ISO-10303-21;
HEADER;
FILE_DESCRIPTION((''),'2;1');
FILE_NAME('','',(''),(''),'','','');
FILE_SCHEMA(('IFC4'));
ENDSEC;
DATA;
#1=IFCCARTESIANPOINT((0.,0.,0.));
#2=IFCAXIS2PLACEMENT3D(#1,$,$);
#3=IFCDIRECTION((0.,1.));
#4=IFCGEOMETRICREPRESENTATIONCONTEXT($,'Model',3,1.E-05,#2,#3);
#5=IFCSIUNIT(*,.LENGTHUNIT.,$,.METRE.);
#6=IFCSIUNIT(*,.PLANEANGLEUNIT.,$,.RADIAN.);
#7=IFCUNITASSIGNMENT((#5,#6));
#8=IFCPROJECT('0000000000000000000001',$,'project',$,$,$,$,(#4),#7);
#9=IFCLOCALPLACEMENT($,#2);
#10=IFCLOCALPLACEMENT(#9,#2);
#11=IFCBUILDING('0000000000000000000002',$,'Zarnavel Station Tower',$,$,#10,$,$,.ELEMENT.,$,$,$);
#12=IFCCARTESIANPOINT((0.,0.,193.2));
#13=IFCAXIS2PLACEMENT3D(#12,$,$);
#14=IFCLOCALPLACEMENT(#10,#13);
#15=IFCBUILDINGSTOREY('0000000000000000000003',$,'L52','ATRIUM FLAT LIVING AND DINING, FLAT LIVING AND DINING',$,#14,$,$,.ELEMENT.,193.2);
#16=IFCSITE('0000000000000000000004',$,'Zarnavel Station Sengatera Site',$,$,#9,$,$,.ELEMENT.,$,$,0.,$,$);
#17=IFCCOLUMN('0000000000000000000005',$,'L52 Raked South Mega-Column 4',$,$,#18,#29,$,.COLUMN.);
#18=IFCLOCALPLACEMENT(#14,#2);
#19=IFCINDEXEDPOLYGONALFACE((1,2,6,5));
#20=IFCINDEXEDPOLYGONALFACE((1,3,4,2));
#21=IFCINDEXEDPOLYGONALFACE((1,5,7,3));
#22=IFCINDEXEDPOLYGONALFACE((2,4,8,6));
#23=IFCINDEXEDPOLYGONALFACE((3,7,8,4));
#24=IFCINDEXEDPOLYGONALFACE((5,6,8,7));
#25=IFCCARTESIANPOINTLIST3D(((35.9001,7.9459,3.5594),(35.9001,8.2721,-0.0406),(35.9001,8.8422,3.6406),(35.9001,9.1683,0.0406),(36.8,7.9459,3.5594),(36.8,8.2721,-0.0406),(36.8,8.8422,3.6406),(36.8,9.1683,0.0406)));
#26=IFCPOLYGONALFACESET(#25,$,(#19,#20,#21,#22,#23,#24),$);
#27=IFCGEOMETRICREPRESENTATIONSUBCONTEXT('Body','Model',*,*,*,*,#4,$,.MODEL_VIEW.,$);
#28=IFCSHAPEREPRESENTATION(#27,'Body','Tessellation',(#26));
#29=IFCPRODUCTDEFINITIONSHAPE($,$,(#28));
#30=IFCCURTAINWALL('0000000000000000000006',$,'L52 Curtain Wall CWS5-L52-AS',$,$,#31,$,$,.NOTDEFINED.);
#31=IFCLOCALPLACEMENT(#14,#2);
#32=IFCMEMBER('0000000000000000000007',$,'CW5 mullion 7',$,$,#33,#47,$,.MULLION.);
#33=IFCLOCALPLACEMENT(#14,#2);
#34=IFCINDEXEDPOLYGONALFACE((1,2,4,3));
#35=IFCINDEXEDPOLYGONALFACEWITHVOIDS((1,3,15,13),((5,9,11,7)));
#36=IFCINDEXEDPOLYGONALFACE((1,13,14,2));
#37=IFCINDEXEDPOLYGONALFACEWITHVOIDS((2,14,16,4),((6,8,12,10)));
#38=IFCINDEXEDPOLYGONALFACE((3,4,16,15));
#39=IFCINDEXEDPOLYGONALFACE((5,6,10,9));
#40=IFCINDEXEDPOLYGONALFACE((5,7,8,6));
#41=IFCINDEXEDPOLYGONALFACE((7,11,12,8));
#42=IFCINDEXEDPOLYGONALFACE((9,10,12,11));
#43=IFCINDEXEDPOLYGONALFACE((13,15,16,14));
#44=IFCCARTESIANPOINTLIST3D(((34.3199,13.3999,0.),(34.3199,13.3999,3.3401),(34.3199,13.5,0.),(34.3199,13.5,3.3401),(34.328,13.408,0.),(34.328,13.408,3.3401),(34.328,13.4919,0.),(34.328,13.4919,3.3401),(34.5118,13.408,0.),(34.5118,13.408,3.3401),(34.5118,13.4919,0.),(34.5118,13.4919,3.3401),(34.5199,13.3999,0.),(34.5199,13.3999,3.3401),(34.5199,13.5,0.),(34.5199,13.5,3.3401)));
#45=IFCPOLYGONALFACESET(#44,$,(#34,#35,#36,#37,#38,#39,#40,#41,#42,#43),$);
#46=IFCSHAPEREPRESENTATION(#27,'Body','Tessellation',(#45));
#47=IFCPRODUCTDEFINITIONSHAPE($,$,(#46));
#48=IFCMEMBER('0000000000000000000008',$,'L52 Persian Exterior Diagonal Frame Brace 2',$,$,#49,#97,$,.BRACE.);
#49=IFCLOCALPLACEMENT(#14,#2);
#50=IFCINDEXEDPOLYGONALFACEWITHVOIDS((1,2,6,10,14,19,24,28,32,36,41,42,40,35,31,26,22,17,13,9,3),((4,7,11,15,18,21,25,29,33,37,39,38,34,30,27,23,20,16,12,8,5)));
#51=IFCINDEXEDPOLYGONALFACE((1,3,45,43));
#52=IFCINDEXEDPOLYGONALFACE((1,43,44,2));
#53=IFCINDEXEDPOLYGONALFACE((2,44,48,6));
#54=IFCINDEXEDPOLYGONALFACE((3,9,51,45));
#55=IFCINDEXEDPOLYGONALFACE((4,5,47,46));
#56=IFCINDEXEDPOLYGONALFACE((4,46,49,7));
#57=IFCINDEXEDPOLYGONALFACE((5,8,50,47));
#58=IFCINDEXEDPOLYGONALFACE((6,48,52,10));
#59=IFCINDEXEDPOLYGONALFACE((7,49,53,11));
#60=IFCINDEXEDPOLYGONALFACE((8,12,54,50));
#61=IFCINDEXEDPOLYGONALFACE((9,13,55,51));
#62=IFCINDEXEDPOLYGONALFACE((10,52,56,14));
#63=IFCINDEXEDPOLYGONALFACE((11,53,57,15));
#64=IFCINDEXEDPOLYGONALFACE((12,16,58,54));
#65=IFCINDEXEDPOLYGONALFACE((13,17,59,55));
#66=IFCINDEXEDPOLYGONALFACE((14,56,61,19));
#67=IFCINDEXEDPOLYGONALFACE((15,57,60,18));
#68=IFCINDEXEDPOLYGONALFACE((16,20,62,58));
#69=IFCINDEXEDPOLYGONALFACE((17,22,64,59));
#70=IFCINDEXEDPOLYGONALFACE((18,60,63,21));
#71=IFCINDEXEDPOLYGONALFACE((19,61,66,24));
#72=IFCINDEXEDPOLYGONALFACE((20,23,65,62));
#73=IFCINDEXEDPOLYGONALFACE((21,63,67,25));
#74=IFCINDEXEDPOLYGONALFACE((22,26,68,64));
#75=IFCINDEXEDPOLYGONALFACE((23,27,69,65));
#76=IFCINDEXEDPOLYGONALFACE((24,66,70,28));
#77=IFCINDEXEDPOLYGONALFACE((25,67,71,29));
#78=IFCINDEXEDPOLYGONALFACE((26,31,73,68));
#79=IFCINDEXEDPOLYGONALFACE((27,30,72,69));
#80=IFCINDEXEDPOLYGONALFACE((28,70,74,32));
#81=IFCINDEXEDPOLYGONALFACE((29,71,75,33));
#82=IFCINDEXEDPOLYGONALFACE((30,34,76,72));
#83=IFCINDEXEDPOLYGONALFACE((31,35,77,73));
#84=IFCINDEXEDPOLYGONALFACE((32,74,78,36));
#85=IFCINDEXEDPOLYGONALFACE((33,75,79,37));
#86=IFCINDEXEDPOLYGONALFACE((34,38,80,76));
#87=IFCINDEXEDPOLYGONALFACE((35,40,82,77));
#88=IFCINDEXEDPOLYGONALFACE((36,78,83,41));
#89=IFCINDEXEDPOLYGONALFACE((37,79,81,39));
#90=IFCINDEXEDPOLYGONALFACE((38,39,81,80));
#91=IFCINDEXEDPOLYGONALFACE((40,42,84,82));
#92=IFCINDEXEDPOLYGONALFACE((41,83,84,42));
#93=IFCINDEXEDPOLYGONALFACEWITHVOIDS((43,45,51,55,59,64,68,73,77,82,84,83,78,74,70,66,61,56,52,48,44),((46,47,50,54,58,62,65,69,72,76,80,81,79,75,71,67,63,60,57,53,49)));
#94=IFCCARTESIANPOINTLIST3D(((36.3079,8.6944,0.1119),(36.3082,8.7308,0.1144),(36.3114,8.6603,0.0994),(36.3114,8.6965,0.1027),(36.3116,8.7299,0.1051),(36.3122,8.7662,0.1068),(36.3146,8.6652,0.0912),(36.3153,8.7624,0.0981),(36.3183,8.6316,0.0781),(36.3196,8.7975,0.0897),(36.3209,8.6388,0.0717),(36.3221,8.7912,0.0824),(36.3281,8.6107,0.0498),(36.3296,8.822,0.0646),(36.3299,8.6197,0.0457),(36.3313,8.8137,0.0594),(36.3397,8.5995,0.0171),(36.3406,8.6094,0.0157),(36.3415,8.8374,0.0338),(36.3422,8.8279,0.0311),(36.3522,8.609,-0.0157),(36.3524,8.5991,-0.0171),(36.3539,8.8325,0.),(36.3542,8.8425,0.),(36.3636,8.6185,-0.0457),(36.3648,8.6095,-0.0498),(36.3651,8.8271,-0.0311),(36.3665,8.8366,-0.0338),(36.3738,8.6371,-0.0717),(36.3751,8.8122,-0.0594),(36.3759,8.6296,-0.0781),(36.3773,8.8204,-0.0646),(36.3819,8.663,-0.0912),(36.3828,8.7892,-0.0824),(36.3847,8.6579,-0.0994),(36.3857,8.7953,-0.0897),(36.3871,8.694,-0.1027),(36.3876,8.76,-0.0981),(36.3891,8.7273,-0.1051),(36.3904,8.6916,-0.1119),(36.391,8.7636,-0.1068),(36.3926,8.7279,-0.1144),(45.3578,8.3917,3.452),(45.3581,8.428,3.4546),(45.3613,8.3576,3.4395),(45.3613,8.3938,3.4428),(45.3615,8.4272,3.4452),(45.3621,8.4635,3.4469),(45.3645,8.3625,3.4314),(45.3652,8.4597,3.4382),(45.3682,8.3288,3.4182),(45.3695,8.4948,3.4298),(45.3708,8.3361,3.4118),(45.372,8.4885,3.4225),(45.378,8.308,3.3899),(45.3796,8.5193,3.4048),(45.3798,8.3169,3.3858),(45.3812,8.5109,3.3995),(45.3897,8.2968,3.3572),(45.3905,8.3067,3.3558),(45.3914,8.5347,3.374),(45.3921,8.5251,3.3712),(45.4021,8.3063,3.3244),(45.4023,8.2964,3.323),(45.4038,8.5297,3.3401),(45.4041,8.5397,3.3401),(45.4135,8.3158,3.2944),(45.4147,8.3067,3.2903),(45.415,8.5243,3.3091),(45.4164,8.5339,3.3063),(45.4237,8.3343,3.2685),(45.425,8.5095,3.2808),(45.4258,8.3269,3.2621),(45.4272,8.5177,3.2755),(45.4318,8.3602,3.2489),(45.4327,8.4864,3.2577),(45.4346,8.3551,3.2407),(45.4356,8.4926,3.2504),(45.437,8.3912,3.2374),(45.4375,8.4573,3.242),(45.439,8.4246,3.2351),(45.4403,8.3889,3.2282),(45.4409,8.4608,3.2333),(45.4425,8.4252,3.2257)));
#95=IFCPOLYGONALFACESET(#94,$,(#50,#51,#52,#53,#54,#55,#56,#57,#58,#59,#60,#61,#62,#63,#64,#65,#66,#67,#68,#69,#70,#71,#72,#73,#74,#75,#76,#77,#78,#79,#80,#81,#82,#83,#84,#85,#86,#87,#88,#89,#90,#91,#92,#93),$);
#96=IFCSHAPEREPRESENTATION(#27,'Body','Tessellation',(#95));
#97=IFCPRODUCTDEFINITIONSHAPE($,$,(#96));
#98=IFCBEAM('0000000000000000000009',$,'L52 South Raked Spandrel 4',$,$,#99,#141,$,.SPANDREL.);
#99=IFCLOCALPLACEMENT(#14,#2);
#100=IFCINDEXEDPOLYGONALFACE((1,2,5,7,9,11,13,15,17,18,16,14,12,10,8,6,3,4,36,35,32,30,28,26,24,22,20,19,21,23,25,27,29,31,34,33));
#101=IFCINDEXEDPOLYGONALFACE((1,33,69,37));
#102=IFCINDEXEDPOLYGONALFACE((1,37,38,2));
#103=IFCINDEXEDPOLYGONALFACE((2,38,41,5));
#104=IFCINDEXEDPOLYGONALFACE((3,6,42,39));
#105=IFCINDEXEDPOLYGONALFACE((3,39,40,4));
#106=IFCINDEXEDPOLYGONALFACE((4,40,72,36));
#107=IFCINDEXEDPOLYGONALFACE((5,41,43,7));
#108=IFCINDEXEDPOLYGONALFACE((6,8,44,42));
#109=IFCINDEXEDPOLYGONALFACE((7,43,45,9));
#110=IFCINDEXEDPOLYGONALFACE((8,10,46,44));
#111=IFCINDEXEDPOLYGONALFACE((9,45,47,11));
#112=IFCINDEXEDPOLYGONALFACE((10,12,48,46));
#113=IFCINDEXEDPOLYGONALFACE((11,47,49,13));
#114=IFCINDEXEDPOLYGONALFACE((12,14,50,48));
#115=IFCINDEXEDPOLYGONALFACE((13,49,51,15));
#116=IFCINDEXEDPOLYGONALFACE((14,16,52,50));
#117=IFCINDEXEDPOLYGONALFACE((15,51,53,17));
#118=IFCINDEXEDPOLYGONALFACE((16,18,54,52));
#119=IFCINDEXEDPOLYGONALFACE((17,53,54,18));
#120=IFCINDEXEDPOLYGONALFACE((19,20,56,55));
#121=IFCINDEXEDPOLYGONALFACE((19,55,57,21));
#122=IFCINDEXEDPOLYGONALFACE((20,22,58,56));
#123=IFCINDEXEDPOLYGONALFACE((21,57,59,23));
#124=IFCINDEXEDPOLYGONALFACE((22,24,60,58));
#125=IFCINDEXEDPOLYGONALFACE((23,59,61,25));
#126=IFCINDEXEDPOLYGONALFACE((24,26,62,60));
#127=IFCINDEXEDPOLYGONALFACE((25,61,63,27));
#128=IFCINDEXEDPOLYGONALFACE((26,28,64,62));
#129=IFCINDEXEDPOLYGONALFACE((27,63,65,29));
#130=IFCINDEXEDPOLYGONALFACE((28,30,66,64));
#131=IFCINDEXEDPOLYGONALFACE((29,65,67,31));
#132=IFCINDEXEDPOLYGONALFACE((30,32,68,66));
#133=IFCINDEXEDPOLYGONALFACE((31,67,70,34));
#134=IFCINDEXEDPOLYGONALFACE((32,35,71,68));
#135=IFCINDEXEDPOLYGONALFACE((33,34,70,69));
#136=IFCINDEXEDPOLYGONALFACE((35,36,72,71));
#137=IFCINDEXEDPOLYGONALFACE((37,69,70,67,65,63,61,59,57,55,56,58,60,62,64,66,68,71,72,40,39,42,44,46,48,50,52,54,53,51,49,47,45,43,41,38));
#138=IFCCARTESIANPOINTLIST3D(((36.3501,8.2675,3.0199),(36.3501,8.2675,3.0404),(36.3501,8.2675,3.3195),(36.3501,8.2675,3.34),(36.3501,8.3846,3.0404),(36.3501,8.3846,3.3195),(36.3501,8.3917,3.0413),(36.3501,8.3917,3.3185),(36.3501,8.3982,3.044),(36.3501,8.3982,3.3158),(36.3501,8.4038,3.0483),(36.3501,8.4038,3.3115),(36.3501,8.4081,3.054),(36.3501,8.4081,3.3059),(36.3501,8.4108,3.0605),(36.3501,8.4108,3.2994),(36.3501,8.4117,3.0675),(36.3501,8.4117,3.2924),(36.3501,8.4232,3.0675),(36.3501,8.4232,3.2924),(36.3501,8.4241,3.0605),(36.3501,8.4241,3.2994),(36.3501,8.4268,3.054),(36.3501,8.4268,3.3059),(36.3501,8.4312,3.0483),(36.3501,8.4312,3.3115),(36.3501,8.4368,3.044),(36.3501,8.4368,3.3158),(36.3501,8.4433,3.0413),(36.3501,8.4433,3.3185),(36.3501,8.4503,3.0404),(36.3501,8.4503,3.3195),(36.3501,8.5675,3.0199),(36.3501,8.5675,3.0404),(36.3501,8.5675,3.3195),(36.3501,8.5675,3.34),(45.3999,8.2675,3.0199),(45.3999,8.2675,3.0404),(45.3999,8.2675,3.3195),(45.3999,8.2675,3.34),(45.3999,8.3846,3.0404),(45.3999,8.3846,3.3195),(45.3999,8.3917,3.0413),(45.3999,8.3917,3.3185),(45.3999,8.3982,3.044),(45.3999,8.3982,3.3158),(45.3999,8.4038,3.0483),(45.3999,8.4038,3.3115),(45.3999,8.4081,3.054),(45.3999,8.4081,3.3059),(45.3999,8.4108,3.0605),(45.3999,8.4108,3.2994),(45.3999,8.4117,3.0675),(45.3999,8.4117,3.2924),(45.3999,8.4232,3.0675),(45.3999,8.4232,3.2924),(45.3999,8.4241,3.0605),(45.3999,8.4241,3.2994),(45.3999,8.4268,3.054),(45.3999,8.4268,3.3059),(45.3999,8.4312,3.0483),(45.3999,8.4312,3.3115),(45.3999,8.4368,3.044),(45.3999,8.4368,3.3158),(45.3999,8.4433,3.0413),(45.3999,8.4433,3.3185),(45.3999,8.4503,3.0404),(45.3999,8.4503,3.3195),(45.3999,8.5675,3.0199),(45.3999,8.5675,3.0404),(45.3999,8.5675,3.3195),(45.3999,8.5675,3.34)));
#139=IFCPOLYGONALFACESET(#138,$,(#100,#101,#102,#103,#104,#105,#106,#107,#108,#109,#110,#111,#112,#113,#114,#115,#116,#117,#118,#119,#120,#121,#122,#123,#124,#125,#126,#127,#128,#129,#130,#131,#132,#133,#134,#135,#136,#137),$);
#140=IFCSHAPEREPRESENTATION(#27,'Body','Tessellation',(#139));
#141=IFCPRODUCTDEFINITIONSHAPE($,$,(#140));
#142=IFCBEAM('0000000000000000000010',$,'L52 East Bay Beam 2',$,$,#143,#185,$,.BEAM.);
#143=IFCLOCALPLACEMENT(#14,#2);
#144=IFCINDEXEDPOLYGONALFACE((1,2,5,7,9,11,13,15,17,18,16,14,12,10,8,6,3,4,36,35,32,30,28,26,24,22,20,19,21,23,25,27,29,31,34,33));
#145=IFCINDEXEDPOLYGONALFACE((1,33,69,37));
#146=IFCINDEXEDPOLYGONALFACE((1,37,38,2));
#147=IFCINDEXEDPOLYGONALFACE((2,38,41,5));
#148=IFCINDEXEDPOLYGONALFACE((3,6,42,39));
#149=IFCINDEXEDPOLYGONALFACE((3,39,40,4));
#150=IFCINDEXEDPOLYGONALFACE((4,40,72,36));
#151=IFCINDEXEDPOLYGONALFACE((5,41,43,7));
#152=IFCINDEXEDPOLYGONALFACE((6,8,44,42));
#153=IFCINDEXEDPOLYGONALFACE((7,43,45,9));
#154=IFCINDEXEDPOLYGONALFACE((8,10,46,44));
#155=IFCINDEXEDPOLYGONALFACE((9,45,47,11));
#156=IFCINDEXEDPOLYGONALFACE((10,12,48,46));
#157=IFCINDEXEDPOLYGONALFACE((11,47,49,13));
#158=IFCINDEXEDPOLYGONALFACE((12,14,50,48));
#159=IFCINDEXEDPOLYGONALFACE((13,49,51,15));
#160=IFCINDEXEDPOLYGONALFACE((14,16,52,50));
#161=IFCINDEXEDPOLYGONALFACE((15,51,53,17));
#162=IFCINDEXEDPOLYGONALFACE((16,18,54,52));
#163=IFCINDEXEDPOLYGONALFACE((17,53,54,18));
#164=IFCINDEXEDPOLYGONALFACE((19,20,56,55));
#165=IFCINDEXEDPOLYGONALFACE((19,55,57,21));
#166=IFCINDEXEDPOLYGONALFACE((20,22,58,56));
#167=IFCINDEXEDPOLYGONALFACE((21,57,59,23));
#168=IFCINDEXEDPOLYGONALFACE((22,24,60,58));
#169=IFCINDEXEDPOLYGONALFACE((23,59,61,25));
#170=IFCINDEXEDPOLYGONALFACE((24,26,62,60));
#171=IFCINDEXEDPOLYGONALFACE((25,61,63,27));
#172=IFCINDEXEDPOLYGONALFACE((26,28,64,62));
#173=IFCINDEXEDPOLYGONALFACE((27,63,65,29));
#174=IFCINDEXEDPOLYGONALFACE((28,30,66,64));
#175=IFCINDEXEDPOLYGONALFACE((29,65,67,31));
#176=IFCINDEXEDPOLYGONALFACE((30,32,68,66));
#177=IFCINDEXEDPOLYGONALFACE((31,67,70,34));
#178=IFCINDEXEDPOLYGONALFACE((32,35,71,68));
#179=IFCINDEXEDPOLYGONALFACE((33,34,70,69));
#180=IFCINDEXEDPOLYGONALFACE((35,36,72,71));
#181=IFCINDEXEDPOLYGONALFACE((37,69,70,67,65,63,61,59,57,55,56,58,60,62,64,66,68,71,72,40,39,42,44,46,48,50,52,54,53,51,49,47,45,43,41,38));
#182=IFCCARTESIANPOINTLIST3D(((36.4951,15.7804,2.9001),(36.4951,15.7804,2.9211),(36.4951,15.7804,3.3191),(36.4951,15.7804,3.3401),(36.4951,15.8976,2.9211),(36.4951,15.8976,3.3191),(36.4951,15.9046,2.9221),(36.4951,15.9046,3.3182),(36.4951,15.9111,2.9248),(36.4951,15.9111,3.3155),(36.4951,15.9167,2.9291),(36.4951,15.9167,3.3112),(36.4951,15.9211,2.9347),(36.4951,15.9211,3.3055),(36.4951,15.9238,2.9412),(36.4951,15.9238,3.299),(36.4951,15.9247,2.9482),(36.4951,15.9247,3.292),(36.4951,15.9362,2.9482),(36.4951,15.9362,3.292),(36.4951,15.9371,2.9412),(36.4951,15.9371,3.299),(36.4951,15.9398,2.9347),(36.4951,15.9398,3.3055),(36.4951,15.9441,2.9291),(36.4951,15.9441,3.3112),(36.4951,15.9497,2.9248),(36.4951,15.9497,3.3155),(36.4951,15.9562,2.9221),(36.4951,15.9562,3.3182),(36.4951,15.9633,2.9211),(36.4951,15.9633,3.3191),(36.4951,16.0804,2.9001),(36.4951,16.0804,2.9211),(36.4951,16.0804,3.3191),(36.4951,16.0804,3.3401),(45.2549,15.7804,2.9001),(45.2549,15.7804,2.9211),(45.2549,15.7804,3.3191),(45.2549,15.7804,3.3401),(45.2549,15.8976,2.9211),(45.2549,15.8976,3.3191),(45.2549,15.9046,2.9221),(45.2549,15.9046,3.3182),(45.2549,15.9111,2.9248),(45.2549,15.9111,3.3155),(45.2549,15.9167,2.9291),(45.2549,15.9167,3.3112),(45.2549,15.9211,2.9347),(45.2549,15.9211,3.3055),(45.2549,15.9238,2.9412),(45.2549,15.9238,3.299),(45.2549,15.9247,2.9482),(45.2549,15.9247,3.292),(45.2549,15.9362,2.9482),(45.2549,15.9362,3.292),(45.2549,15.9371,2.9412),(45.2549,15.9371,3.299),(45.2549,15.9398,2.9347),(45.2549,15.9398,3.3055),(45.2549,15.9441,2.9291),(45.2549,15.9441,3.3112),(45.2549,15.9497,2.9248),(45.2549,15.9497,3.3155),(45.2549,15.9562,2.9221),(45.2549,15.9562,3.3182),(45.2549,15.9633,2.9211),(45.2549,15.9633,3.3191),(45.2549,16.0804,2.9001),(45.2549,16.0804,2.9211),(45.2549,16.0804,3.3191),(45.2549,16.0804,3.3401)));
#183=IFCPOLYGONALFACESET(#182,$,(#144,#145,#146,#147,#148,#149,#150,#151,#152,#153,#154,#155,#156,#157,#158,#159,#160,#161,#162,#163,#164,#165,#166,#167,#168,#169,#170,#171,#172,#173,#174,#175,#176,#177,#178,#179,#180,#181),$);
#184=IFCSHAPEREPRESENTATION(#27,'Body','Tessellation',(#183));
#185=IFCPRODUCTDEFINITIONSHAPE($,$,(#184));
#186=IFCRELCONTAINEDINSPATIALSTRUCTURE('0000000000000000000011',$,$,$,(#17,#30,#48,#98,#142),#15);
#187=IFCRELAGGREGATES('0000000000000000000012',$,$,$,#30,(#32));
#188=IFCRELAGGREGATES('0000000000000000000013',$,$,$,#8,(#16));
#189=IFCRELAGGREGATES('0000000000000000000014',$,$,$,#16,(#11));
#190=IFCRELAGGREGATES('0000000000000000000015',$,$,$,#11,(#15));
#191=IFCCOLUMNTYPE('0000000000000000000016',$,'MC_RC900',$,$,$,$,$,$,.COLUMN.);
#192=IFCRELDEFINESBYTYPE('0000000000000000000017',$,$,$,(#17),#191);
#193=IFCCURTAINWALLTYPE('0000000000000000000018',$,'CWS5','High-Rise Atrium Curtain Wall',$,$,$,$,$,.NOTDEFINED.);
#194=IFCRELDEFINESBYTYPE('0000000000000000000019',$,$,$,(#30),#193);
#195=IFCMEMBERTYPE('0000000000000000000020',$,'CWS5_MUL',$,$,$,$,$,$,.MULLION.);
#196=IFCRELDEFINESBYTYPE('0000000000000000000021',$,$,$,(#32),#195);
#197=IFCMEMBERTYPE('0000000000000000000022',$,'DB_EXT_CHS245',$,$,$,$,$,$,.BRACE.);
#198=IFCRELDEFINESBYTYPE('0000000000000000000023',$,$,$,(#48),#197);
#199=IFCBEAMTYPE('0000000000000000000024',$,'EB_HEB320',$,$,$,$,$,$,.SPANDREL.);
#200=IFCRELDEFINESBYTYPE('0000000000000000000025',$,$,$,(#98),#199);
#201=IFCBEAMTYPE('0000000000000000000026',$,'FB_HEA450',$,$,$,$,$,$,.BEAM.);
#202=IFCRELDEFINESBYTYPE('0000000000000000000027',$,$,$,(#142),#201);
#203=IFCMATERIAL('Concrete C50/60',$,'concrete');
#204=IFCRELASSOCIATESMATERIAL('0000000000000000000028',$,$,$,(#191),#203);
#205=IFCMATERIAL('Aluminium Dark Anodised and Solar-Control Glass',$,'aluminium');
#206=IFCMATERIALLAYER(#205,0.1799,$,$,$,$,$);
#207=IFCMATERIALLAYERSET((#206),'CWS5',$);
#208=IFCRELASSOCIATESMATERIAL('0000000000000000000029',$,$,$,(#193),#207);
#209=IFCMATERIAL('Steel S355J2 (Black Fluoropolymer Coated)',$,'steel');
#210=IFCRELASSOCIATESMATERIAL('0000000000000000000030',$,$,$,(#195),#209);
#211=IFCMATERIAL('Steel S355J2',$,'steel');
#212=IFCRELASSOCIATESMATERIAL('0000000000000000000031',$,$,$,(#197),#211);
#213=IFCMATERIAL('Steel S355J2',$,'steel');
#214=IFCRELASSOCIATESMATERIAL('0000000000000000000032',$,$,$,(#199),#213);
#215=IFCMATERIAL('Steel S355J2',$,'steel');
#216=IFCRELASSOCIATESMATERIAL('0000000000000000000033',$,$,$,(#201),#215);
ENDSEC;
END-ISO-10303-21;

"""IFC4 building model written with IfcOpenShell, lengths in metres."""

from ifc_helpers import new_model, si_unit, direction, frame, origin, origin_2d, place, context, subcontext, project, spatial, rectangle, hollow_rectangle, hollow_circle, i_section, extrude, material, layer, layer_set, material_profile, profile_set, type_object, element, aggregate, save


model = new_model("IFC4")

# Units and contexts
model_context = context("Model", 3, precision=1e-05, world=origin(), true_north=direction((0.0, 1.0)))
body_context = subcontext(model_context, "Body", "Model", "MODEL_VIEW")
ifc_project = project(units=[si_unit("LENGTHUNIT", "METRE"), si_unit("PLANEANGLEUNIT", "RADIAN")], contexts=[model_context])

# Site, building, storey
site_placement = place(None, origin())
site = spatial("IfcSite", under=ifc_project, at=site_placement, Name="Zarnavel Station Sengatera Site", CompositionType="ELEMENT", RefElevation=0.0)
building_placement = place(site_placement, origin())
building = spatial("IfcBuilding", under=site, at=building_placement, Name="Zarnavel Station Tower", CompositionType="ELEMENT")
storey_placement = place(building_placement, frame((0.0, 0.0, 193.2)))
storey = spatial("IfcBuildingStorey", under=building, at=storey_placement, Name="L52", Description="ATRIUM FLAT LIVING AND DINING, FLAT LIVING AND DINING", CompositionType="ELEMENT", Elevation=193.2)

# Column
ifc_material_1 = material(Name="Concrete C50/60", Category="concrete")
ifc_material_profile_1 = material_profile(ifc_material_1, rectangle(XDim=0.8999, YDim=0.8999, at=origin_2d()), Name="RC900x900")
ifc_profile_set_1 = profile_set([ifc_material_profile_1], Name="Concrete C50/60")
column_type = type_object("IfcColumnType", Name="MC_RC900", PredefinedType="COLUMN", material=ifc_profile_set_1)
column_placement = place(storey_placement, frame((36.3501, 8.7202, 0.0), z_axis=(0.0, -0.090231, 0.995921), x_axis=(1.0, 0.0, 0.0)))
element("IfcColumn", 1, at=column_placement, inside=storey, type_object=column_type, Name="L52 Raked South Mega-Column 4", PredefinedType="COLUMN", context=body_context, shape_type="SweptSolid", body=[
    extrude(rectangle(XDim=0.8999, YDim=0.8999, at=origin_2d()), origin(), (0.0, 0.0, 1.0), 3.6147),
])

# Curtain wall, member
ifc_material_2 = material(Name="Aluminium Dark Anodised and Solar-Control Glass", Category="aluminium")
ifc_layer_1 = layer(ifc_material_2, 0.1799)
ifc_layer_set_1 = layer_set([ifc_layer_1], Name="CWS5")
curtain_wall_type = type_object("IfcCurtainWallType", Name="CWS5", Description="High-Rise Atrium Curtain Wall", PredefinedType="NOTDEFINED", material=ifc_layer_set_1)
curtain_wall_placement = place(storey_placement, origin())
curtain_wall = element("IfcCurtainWall", 2, at=curtain_wall_placement, inside=storey, type_object=curtain_wall_type, Name="L52 Curtain Wall CWS5-L52-AS", PredefinedType="NOTDEFINED")
ifc_material_3 = material(Name="Steel S355J2 (Black Fluoropolymer Coated)", Category="steel")
ifc_material_profile_2 = material_profile(ifc_material_3, hollow_rectangle(XDim=0.1001, YDim=0.2, WallThickness=0.0081, at=origin_2d()), Name="RHS200x100x8")
ifc_profile_set_2 = profile_set([ifc_material_profile_2], Name="Steel S355J2 (Black Fluoropolymer Coated)")
member_type_1 = type_object("IfcMemberType", Name="CWS5_MUL", PredefinedType="MULLION", material=ifc_profile_set_2)
member_1_placement = place(storey_placement, frame((34.4199, 13.45, 0.0), z_axis=(0.0, 0.0, 1.0), x_axis=(0.0, 1.0, 0.0)))
member_1 = element("IfcMember", 3, at=member_1_placement, type_object=member_type_1, Name="CW5 mullion 7", PredefinedType="MULLION", context=body_context, shape_type="SweptSolid", body=[
    extrude(hollow_rectangle(XDim=0.1001, YDim=0.2, WallThickness=0.0081, at=origin_2d()), origin(), (0.0, 0.0, 1.0), 3.3401),
])

# Member
ifc_material_4 = material(Name="Steel S355J2", Category="steel")
ifc_material_profile_3 = material_profile(ifc_material_4, hollow_circle(Radius=0.1223, WallThickness=0.01, at=origin_2d()), Name="CHS244.5x10")
ifc_profile_set_3 = profile_set([ifc_material_profile_3], Name="Steel S355J2")
member_type_2 = type_object("IfcMemberType", Name="DB_EXT_CHS245", PredefinedType="BRACE", material=ifc_profile_set_3)
member_2_placement = place(storey_placement, frame((36.3501, 8.7202, 0.0), z_axis=(0.937681, -0.031367, 0.346078), x_axis=(0.033433, 0.999441, 0.0)))
element("IfcMember", 4, at=member_2_placement, inside=storey, type_object=member_type_2, Name="L52 Persian Exterior Diagonal Frame Brace 2", PredefinedType="BRACE", context=body_context, shape_type="SweptSolid", body=[
    extrude(hollow_circle(Radius=0.1223, WallThickness=0.01, at=origin_2d()), origin(), (0.0, 0.0, 1.0), 9.6514),
])

# Beams
ifc_material_5 = material(Name="Steel S355J2", Category="steel")
ifc_material_profile_4 = material_profile(ifc_material_5, i_section(OverallWidth=0.3, OverallDepth=0.3201, WebThickness=0.0115, FlangeThickness=0.0205, FilletRadius=0.0271, at=origin_2d()), Name="HEB320")
ifc_profile_set_4 = profile_set([ifc_material_profile_4], Name="Steel S355J2")
beam_type_1 = type_object("IfcBeamType", Name="EB_HEB320", PredefinedType="SPANDREL", material=ifc_profile_set_4)
beam_1_placement = place(storey_placement, frame((36.3501, 8.4175, 3.1799), z_axis=(1.0, 0.0, 0.0), x_axis=(0.0, 1.0, 0.0)))
element("IfcBeam", 5, at=beam_1_placement, inside=storey, type_object=beam_type_1, Name="L52 South Raked Spandrel 4", PredefinedType="SPANDREL", context=body_context, shape_type="SweptSolid", body=[
    extrude(i_section(OverallWidth=0.3, OverallDepth=0.3201, WebThickness=0.0115, FlangeThickness=0.0205, FilletRadius=0.0271, at=origin_2d()), origin(), (0.0, 0.0, 1.0), 9.0498),
])
ifc_material_6 = material(Name="Steel S355J2", Category="steel")
ifc_material_profile_5 = material_profile(ifc_material_6, i_section(OverallWidth=0.3, OverallDepth=0.4399, WebThickness=0.0115, FlangeThickness=0.021, FilletRadius=0.0271, at=origin_2d()), Name="HEA450")
ifc_profile_set_5 = profile_set([ifc_material_profile_5], Name="Steel S355J2")
beam_type_2 = type_object("IfcBeamType", Name="FB_HEA450", PredefinedType="BEAM", material=ifc_profile_set_5)
beam_2_placement = place(storey_placement, frame((36.4951, 15.9304, 3.1201), z_axis=(1.0, 0.0, 0.0), x_axis=(0.0, 1.0, 0.0)))
element("IfcBeam", 6, at=beam_2_placement, inside=storey, type_object=beam_type_2, Name="L52 East Bay Beam 2", PredefinedType="BEAM", context=body_context, shape_type="SweptSolid", body=[
    extrude(i_section(OverallWidth=0.3, OverallDepth=0.4399, WebThickness=0.0115, FlangeThickness=0.021, FilletRadius=0.0271, at=origin_2d()), origin(), (0.0, 0.0, 1.0), 8.7598),
])

aggregate(curtain_wall, [member_1])

save(model, "model.ifc")
